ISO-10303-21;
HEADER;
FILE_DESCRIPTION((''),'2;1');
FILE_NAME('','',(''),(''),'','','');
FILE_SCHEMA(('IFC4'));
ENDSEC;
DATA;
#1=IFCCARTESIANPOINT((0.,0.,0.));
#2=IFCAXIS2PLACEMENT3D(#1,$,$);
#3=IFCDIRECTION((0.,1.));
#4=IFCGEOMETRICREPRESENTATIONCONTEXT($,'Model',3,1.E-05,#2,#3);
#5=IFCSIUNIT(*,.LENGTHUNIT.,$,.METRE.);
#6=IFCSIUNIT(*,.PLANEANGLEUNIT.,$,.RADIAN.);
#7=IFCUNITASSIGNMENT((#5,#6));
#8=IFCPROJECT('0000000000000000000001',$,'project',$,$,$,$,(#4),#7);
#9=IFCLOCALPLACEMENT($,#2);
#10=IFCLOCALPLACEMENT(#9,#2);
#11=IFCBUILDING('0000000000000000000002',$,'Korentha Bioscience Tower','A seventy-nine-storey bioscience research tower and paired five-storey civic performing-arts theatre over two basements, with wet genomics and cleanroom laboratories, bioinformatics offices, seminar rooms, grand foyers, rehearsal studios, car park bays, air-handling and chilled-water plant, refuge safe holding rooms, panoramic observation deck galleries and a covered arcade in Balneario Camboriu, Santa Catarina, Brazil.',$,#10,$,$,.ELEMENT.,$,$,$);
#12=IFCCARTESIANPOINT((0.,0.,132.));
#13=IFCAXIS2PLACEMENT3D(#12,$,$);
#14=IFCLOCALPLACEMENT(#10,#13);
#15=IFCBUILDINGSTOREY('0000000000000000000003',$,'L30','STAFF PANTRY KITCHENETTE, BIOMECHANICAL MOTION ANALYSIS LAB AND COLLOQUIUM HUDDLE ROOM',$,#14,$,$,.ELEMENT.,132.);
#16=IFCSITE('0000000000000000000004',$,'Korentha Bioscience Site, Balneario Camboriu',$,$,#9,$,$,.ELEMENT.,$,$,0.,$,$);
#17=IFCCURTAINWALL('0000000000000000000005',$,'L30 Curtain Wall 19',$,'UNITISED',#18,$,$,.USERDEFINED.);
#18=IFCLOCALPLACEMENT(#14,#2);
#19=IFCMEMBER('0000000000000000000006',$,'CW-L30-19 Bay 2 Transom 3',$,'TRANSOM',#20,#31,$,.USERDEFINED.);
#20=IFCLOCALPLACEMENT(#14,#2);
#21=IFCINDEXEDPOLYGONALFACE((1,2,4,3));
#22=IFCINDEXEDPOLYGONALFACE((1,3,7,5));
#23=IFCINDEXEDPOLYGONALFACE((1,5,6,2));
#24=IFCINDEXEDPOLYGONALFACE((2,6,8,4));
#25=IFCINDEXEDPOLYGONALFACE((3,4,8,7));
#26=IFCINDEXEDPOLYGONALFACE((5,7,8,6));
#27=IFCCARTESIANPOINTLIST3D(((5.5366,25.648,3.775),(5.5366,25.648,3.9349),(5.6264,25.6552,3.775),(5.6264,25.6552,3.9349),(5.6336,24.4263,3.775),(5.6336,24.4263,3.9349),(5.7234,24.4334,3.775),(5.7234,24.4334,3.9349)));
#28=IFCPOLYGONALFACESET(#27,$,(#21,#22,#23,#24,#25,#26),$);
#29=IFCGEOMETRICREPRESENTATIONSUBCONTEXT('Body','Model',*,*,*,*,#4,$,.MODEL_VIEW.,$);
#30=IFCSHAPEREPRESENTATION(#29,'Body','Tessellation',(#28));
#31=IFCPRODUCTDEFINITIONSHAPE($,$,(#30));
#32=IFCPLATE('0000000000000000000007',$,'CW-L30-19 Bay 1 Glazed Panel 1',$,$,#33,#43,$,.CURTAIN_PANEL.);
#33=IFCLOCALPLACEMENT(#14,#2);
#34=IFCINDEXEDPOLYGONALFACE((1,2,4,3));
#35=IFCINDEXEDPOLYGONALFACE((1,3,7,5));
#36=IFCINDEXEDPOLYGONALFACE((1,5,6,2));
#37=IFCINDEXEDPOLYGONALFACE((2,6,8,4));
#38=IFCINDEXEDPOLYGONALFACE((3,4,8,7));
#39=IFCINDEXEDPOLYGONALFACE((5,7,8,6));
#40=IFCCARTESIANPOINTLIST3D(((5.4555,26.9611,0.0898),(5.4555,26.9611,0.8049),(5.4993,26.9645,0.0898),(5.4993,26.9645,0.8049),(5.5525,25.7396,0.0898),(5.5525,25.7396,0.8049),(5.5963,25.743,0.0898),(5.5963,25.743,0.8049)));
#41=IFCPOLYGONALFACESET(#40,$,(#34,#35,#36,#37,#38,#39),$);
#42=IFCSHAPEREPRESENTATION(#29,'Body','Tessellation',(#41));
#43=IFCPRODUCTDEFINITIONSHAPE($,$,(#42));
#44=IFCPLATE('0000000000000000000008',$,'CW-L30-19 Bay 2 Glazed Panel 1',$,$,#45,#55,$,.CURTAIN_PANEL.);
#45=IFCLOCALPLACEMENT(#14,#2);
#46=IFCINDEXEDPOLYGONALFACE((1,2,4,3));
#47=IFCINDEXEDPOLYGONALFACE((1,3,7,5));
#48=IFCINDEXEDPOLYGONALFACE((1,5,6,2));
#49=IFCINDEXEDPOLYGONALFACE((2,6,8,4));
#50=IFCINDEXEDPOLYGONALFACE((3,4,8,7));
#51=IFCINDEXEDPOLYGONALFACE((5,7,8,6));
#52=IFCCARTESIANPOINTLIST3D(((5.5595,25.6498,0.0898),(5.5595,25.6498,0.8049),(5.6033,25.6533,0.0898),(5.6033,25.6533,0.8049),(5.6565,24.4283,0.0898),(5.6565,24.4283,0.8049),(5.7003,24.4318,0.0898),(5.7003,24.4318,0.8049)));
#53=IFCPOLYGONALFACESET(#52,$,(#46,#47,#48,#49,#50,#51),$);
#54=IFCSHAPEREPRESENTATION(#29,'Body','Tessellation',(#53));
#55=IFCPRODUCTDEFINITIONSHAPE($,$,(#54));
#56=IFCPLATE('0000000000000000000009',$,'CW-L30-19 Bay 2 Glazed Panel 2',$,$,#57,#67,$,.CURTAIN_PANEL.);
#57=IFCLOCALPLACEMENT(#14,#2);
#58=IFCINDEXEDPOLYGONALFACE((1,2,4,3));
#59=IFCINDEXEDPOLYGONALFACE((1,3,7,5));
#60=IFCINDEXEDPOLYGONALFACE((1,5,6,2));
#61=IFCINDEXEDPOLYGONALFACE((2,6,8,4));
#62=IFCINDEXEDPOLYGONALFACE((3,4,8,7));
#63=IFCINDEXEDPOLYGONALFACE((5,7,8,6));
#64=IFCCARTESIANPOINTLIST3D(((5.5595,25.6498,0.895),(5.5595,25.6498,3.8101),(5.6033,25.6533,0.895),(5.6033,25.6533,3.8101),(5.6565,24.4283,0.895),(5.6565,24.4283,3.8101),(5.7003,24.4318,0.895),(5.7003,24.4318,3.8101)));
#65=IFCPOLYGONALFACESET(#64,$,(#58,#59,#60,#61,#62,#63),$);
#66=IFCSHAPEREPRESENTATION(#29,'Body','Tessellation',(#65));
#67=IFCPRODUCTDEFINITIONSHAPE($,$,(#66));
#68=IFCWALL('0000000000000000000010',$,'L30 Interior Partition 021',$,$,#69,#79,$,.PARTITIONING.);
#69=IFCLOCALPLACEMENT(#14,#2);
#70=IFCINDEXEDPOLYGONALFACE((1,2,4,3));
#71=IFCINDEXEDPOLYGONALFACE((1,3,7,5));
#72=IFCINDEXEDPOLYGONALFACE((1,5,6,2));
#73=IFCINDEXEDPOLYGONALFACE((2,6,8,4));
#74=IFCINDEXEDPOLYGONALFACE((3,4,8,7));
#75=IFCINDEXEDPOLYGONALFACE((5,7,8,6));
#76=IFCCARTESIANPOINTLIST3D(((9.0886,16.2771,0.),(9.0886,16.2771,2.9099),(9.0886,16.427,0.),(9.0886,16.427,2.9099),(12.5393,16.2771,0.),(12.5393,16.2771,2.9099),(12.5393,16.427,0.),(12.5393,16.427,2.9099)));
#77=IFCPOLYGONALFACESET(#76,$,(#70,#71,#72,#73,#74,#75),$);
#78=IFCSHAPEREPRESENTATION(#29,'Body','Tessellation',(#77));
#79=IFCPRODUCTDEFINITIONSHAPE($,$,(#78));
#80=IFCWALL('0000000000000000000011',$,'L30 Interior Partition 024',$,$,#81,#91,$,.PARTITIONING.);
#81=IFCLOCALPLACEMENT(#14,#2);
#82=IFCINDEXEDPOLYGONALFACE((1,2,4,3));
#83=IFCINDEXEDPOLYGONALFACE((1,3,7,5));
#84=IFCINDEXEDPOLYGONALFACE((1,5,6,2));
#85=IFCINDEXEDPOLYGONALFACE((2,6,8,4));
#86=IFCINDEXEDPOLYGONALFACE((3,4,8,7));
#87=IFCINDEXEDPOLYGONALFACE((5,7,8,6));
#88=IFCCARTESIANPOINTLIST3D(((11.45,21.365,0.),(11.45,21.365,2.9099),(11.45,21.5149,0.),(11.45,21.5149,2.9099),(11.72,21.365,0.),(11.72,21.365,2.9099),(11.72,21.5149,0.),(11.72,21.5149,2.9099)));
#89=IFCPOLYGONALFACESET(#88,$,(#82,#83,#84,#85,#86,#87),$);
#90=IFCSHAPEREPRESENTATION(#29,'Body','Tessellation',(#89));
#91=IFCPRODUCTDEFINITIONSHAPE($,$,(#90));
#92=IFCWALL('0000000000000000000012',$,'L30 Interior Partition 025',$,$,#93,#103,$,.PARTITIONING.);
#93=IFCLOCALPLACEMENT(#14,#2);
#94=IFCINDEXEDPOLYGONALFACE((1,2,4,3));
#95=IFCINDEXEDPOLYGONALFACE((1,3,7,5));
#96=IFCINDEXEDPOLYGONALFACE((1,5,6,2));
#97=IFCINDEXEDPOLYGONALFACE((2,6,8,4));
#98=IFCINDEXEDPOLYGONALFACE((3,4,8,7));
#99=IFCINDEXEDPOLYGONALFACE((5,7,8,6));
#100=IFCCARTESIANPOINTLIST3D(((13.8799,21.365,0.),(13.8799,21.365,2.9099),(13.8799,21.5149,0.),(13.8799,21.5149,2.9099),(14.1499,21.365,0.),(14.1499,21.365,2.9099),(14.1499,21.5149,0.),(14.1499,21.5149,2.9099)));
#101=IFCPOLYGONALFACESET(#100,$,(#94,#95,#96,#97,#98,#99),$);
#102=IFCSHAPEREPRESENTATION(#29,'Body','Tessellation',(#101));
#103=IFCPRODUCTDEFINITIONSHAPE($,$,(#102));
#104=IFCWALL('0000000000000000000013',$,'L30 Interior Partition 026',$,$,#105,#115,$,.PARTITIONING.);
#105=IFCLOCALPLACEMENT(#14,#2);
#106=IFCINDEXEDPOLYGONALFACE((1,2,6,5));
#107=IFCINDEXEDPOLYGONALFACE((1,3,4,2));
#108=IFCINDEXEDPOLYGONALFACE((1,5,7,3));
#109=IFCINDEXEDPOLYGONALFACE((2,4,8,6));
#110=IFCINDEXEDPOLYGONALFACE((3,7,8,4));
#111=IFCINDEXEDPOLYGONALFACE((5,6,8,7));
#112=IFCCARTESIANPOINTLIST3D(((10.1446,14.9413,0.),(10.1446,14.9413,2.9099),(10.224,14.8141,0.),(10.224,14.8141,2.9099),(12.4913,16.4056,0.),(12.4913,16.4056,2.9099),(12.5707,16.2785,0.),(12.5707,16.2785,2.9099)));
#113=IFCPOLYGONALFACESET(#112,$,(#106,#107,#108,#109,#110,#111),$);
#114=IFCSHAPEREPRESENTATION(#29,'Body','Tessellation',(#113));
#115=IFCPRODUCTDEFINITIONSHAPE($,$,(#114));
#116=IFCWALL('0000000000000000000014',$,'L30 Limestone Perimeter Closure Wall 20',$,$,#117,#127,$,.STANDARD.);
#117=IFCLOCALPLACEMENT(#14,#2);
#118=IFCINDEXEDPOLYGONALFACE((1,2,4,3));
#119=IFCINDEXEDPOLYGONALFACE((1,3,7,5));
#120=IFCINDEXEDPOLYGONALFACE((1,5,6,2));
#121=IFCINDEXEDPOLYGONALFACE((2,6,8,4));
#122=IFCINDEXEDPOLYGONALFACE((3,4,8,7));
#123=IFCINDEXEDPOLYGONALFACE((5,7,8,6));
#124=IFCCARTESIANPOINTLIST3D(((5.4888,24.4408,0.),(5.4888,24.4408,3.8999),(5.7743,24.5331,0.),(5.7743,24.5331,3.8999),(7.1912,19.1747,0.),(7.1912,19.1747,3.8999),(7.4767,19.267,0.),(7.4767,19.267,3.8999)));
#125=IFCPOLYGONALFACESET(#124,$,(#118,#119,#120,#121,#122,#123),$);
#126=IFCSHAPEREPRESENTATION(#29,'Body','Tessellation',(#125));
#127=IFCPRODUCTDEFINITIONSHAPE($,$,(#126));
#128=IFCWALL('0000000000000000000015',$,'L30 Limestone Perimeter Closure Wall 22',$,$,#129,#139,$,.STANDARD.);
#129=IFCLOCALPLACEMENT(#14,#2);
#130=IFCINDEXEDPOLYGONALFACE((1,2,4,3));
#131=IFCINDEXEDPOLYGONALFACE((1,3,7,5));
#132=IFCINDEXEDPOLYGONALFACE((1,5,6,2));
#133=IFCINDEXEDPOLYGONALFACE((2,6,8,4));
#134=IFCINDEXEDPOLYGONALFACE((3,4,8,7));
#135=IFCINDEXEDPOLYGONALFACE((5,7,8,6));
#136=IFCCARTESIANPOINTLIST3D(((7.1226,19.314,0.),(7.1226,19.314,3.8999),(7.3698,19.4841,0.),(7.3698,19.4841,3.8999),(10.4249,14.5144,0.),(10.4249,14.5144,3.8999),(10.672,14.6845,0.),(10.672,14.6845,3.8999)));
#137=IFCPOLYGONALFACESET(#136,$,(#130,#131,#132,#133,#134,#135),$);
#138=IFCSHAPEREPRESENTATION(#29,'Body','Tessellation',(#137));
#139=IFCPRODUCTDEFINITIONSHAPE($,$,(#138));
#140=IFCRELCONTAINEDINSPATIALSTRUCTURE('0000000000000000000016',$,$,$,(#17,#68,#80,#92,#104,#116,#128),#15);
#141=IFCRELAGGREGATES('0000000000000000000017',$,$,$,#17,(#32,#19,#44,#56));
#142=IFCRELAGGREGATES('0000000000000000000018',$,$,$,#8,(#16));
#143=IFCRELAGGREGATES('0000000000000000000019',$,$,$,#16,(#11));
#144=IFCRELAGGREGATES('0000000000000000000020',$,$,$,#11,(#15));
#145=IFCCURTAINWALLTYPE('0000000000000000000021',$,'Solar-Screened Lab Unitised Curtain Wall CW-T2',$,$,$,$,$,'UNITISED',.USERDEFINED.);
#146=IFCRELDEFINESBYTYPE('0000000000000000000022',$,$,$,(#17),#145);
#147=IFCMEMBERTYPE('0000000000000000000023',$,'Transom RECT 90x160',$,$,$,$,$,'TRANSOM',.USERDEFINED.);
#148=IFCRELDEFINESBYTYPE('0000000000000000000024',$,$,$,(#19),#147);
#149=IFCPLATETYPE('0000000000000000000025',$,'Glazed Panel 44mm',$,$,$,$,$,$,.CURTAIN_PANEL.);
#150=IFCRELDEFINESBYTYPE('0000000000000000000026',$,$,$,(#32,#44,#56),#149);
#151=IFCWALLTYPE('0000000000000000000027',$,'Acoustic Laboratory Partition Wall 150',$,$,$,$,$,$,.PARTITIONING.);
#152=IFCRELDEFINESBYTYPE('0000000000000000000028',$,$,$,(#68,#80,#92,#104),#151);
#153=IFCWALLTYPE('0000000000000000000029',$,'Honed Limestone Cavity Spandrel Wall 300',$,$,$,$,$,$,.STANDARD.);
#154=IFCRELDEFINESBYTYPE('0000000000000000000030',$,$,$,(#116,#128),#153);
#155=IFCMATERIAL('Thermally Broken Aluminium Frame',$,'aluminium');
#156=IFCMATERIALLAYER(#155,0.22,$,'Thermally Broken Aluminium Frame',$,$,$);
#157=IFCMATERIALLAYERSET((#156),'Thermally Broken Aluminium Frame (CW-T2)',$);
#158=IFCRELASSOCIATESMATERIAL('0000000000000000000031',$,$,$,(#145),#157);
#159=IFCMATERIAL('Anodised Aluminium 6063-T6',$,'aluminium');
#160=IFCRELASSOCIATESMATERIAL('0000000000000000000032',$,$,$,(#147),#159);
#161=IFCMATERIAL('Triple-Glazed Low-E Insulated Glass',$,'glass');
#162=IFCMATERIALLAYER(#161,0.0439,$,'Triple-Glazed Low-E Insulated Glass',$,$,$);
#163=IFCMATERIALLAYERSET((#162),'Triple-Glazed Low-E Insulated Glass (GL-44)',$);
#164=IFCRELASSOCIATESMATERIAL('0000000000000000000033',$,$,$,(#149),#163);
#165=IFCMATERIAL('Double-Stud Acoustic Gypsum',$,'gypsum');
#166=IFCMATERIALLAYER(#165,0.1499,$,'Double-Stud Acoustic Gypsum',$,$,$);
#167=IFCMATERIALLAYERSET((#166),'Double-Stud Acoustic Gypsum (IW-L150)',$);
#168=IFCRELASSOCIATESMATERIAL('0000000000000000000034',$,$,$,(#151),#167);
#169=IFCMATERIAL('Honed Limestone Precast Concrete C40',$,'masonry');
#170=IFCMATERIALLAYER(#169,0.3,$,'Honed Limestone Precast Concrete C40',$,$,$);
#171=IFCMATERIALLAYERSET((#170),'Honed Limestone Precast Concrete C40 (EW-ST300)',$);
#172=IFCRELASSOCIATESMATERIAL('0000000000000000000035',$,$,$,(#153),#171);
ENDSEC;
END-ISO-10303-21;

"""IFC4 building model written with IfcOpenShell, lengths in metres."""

from ifc_helpers import new_model, si_unit, direction, frame, frame_2d, origin, origin_2d, place, context, subcontext, project, spatial, rectangle, extrude, material, layer, layer_set, material_profile, profile_set, type_object, element, aggregate, save


model = new_model("IFC4")

# Units and contexts
model_context = context("Model", 3, precision=1e-05, world=origin(), true_north=direction((0.0, 1.0)))
body_context = subcontext(model_context, "Body", "Model", "MODEL_VIEW")
ifc_project = project(units=[si_unit("LENGTHUNIT", "METRE"), si_unit("PLANEANGLEUNIT", "RADIAN")], contexts=[model_context])

# Site, building, storey
site_placement = place(None, origin())
site = spatial("IfcSite", under=ifc_project, at=site_placement, Name="Korentha Bioscience Site, Balneario Camboriu", CompositionType="ELEMENT", RefElevation=0.0)
building_placement = place(site_placement, origin())
building = spatial("IfcBuilding", under=site, at=building_placement, Name="Korentha Bioscience Tower", Description="A seventy-nine-storey bioscience research tower and paired five-storey civic performing-arts theatre over two basements, with wet genomics and cleanroom laboratories, bioinformatics offices, seminar rooms, grand foyers, rehearsal studios, car park bays, air-handling and chilled-water plant, refuge safe holding rooms, panoramic observation deck galleries and a covered arcade in Balneario Camboriu, Santa Catarina, Brazil.", CompositionType="ELEMENT")
storey_placement = place(building_placement, frame((0.0, 0.0, 132.0)))
storey = spatial("IfcBuildingStorey", under=building, at=storey_placement, Name="L30", Description="STAFF PANTRY KITCHENETTE, BIOMECHANICAL MOTION ANALYSIS LAB AND COLLOQUIUM HUDDLE ROOM", CompositionType="ELEMENT", Elevation=132.0)

# Curtain wall
ifc_material_1 = material(Name="Thermally Broken Aluminium Frame", Category="aluminium")
ifc_layer_1 = layer(ifc_material_1, 0.22, Name="Thermally Broken Aluminium Frame")
ifc_layer_set_1 = layer_set([ifc_layer_1], Name="Thermally Broken Aluminium Frame (CW-T2)")
curtain_wall_type = type_object("IfcCurtainWallType", Name="Solar-Screened Lab Unitised Curtain Wall CW-T2", ElementType="UNITISED", PredefinedType="USERDEFINED", material=ifc_layer_set_1)
curtain_wall_placement = place(storey_placement, origin())
curtain_wall = element("IfcCurtainWall", 1, at=curtain_wall_placement, inside=storey, type_object=curtain_wall_type, Name="L30 Curtain Wall 19", ObjectType="UNITISED", PredefinedType="USERDEFINED")
ifc_material_2 = material(Name="Anodised Aluminium 6063-T6", Category="aluminium")

# Member
ifc_material_profile_1 = material_profile(ifc_material_2, rectangle(XDim=0.0901, YDim=0.1599, at=origin_2d()), Name="Anodised Aluminium 6063-T6")
ifc_profile_set_1 = profile_set([ifc_material_profile_1], Name="Anodised Aluminium 6063-T6 (CW-TRN)")
member_type_1 = type_object("IfcMemberType", Name="Transom RECT 90x160", ElementType="TRANSOM", PredefinedType="USERDEFINED", material=ifc_profile_set_1)
member_1_placement = place(storey_placement, frame((5.5815, 25.6516, 3.855), z_axis=(0.079088, -0.996868, 0.0), x_axis=(0.996868, 0.079088, 0.0)))
member_1 = element("IfcMember", 2, at=member_1_placement, type_object=member_type_1, Name="CW-L30-19 Bay 2 Transom 3", ObjectType="TRANSOM", PredefinedType="USERDEFINED", context=body_context, shape_type="SweptSolid", body=[
    extrude(rectangle(XDim=0.0901, YDim=0.1599, at=origin_2d()), origin(), (0.0, 0.0, 1.0), 1.2256),
])

# Plates
ifc_material_3 = material(Name="Triple-Glazed Low-E Insulated Glass", Category="glass")
ifc_layer_2 = layer(ifc_material_3, 0.0439, Name="Triple-Glazed Low-E Insulated Glass")
ifc_layer_set_2 = layer_set([ifc_layer_2], Name="Triple-Glazed Low-E Insulated Glass (GL-44)")
plate_type = type_object("IfcPlateType", Name="Glazed Panel 44mm", PredefinedType="CURTAIN_PANEL", material=ifc_layer_set_2)
plate_1_placement = place(storey_placement, frame((5.5259, 26.3521, 0.0898), z_axis=(0.0, 0.0, 1.0), x_axis=(0.07913, -0.996864, 0.0)))
plate_1 = element("IfcPlate", 3, at=plate_1_placement, type_object=plate_type, Name="CW-L30-19 Bay 1 Glazed Panel 1", PredefinedType="CURTAIN_PANEL", context=body_context, shape_type="SweptSolid", body=[
    extrude(rectangle(XDim=1.2253, YDim=0.0439, at=origin_2d()), origin(), (0.0, 0.0, 1.0), 0.7151),
])
plate_2_placement = place(storey_placement, frame((5.6299, 25.0408, 0.0898), z_axis=(0.0, 0.0, 1.0), x_axis=(0.07913, -0.996864, 0.0)))
plate_2 = element("IfcPlate", 4, at=plate_2_placement, type_object=plate_type, Name="CW-L30-19 Bay 2 Glazed Panel 1", PredefinedType="CURTAIN_PANEL", context=body_context, shape_type="SweptSolid", body=[
    extrude(rectangle(XDim=1.2253, YDim=0.0439, at=origin_2d()), origin(), (0.0, 0.0, 1.0), 0.7151),
])
plate_3_placement = place(storey_placement, frame((5.6299, 25.0408, 0.895), z_axis=(0.0, 0.0, 1.0), x_axis=(0.07913, -0.996864, 0.0)))
plate_3 = element("IfcPlate", 5, at=plate_3_placement, type_object=plate_type, Name="CW-L30-19 Bay 2 Glazed Panel 2", PredefinedType="CURTAIN_PANEL", context=body_context, shape_type="SweptSolid", body=[
    extrude(rectangle(XDim=1.2253, YDim=0.0439, at=origin_2d()), origin(), (0.0, 0.0, 1.0), 2.915),
])
aggregate(curtain_wall, [plate_1, member_1, plate_2, plate_3])

# Walls
ifc_material_4 = material(Name="Double-Stud Acoustic Gypsum", Category="gypsum")
ifc_layer_3 = layer(ifc_material_4, 0.1499, Name="Double-Stud Acoustic Gypsum")
ifc_layer_set_3 = layer_set([ifc_layer_3], Name="Double-Stud Acoustic Gypsum (IW-L150)")
wall_type_1 = type_object("IfcWallType", Name="Acoustic Laboratory Partition Wall 150", PredefinedType="PARTITIONING", material=ifc_layer_set_3)
wall_1_placement = place(storey_placement, frame((12.5393, 16.3521, 0.0), z_axis=(0.0, 0.0, 1.0), x_axis=(-1.0, 0.0, 0.0)))
element("IfcWall", 6, at=wall_1_placement, inside=storey, type_object=wall_type_1, Name="L30 Interior Partition 021", PredefinedType="PARTITIONING", context=body_context, shape_type="SweptSolid", body=[
    extrude(rectangle(XDim=3.4507, YDim=0.1499, at=frame_2d((1.7253, 0.0))), origin(), (0.0, 0.0, 1.0), 2.9099),
])
for number, where, z_axis, x_axis, name in (
    (7, (11.45, 21.4399, 0.0), (0.0, 0.0, 1.0), (1.0, 0.0, 0.0), "L30 Interior Partition 024"),
    (8, (13.8799, 21.4399, 0.0), (0.0, 0.0, 1.0), (1.0, 0.0, 0.0), "L30 Interior Partition 025"),
):
    element("IfcWall", number, at=place(storey_placement, frame(where, z_axis=z_axis, x_axis=x_axis)), inside=storey, type_object=wall_type_1, Name=name, PredefinedType="PARTITIONING", context=body_context, shape_type="SweptSolid", body=[
        extrude(rectangle(XDim=0.27, YDim=0.1499, at=frame_2d((0.135, 0.0))), origin(), (0.0, 0.0, 1.0), 2.9099),
    ])
wall_2_placement = place(storey_placement, frame((10.1843, 14.8777, 0.0), z_axis=(0.0, 0.0, 1.0), x_axis=(0.848375, 0.529396, 0.0)))
element("IfcWall", 9, at=wall_2_placement, inside=storey, type_object=wall_type_1, Name="L30 Interior Partition 026", PredefinedType="PARTITIONING", context=body_context, shape_type="SweptSolid", body=[
    extrude(rectangle(XDim=2.7661, YDim=0.1499, at=frame_2d((1.3831, 0.0))), origin(), (0.0, 0.0, 1.0), 2.9099),
])

# Shared definitions
ifc_material_5 = material(Name="Honed Limestone Precast Concrete C40", Category="masonry")
ifc_layer_4 = layer(ifc_material_5, 0.3, Name="Honed Limestone Precast Concrete C40")
ifc_layer_set_4 = layer_set([ifc_layer_4], Name="Honed Limestone Precast Concrete C40 (EW-ST300)")
wall_type_2 = type_object("IfcWallType", Name="Honed Limestone Cavity Spandrel Wall 300", PredefinedType="STANDARD", material=ifc_layer_set_4)

# Walls
wall_3_placement = place(storey_placement, frame((5.6316, 24.4868, 0.0), z_axis=(0.0, 0.0, 1.0), x_axis=(0.307599, -0.951516, 0.0)))
element("IfcWall", 10, at=wall_3_placement, inside=storey, type_object=wall_type_2, Name="L30 Limestone Perimeter Closure Wall 20", PredefinedType="STANDARD", context=body_context, shape_type="SweptSolid", body=[
    extrude(rectangle(XDim=5.5344, YDim=0.3, at=frame_2d((2.7671, 0.0))), origin(), (0.0, 0.0, 1.0), 3.8999),
])
wall_4_placement = place(storey_placement, frame((7.2461, 19.3992, 0.0), z_axis=(0.0, 0.0, 1.0), x_axis=(0.566826, -0.823838, 0.0)))
element("IfcWall", 11, at=wall_4_placement, inside=storey, type_object=wall_type_2, Name="L30 Limestone Perimeter Closure Wall 22", PredefinedType="STANDARD", context=body_context, shape_type="SweptSolid", body=[
    extrude(rectangle(XDim=5.8259, YDim=0.3, at=frame_2d((2.9131, 0.0))), origin(), (0.0, 0.0, 1.0), 3.8999),
])

save(model, "model.ifc")
